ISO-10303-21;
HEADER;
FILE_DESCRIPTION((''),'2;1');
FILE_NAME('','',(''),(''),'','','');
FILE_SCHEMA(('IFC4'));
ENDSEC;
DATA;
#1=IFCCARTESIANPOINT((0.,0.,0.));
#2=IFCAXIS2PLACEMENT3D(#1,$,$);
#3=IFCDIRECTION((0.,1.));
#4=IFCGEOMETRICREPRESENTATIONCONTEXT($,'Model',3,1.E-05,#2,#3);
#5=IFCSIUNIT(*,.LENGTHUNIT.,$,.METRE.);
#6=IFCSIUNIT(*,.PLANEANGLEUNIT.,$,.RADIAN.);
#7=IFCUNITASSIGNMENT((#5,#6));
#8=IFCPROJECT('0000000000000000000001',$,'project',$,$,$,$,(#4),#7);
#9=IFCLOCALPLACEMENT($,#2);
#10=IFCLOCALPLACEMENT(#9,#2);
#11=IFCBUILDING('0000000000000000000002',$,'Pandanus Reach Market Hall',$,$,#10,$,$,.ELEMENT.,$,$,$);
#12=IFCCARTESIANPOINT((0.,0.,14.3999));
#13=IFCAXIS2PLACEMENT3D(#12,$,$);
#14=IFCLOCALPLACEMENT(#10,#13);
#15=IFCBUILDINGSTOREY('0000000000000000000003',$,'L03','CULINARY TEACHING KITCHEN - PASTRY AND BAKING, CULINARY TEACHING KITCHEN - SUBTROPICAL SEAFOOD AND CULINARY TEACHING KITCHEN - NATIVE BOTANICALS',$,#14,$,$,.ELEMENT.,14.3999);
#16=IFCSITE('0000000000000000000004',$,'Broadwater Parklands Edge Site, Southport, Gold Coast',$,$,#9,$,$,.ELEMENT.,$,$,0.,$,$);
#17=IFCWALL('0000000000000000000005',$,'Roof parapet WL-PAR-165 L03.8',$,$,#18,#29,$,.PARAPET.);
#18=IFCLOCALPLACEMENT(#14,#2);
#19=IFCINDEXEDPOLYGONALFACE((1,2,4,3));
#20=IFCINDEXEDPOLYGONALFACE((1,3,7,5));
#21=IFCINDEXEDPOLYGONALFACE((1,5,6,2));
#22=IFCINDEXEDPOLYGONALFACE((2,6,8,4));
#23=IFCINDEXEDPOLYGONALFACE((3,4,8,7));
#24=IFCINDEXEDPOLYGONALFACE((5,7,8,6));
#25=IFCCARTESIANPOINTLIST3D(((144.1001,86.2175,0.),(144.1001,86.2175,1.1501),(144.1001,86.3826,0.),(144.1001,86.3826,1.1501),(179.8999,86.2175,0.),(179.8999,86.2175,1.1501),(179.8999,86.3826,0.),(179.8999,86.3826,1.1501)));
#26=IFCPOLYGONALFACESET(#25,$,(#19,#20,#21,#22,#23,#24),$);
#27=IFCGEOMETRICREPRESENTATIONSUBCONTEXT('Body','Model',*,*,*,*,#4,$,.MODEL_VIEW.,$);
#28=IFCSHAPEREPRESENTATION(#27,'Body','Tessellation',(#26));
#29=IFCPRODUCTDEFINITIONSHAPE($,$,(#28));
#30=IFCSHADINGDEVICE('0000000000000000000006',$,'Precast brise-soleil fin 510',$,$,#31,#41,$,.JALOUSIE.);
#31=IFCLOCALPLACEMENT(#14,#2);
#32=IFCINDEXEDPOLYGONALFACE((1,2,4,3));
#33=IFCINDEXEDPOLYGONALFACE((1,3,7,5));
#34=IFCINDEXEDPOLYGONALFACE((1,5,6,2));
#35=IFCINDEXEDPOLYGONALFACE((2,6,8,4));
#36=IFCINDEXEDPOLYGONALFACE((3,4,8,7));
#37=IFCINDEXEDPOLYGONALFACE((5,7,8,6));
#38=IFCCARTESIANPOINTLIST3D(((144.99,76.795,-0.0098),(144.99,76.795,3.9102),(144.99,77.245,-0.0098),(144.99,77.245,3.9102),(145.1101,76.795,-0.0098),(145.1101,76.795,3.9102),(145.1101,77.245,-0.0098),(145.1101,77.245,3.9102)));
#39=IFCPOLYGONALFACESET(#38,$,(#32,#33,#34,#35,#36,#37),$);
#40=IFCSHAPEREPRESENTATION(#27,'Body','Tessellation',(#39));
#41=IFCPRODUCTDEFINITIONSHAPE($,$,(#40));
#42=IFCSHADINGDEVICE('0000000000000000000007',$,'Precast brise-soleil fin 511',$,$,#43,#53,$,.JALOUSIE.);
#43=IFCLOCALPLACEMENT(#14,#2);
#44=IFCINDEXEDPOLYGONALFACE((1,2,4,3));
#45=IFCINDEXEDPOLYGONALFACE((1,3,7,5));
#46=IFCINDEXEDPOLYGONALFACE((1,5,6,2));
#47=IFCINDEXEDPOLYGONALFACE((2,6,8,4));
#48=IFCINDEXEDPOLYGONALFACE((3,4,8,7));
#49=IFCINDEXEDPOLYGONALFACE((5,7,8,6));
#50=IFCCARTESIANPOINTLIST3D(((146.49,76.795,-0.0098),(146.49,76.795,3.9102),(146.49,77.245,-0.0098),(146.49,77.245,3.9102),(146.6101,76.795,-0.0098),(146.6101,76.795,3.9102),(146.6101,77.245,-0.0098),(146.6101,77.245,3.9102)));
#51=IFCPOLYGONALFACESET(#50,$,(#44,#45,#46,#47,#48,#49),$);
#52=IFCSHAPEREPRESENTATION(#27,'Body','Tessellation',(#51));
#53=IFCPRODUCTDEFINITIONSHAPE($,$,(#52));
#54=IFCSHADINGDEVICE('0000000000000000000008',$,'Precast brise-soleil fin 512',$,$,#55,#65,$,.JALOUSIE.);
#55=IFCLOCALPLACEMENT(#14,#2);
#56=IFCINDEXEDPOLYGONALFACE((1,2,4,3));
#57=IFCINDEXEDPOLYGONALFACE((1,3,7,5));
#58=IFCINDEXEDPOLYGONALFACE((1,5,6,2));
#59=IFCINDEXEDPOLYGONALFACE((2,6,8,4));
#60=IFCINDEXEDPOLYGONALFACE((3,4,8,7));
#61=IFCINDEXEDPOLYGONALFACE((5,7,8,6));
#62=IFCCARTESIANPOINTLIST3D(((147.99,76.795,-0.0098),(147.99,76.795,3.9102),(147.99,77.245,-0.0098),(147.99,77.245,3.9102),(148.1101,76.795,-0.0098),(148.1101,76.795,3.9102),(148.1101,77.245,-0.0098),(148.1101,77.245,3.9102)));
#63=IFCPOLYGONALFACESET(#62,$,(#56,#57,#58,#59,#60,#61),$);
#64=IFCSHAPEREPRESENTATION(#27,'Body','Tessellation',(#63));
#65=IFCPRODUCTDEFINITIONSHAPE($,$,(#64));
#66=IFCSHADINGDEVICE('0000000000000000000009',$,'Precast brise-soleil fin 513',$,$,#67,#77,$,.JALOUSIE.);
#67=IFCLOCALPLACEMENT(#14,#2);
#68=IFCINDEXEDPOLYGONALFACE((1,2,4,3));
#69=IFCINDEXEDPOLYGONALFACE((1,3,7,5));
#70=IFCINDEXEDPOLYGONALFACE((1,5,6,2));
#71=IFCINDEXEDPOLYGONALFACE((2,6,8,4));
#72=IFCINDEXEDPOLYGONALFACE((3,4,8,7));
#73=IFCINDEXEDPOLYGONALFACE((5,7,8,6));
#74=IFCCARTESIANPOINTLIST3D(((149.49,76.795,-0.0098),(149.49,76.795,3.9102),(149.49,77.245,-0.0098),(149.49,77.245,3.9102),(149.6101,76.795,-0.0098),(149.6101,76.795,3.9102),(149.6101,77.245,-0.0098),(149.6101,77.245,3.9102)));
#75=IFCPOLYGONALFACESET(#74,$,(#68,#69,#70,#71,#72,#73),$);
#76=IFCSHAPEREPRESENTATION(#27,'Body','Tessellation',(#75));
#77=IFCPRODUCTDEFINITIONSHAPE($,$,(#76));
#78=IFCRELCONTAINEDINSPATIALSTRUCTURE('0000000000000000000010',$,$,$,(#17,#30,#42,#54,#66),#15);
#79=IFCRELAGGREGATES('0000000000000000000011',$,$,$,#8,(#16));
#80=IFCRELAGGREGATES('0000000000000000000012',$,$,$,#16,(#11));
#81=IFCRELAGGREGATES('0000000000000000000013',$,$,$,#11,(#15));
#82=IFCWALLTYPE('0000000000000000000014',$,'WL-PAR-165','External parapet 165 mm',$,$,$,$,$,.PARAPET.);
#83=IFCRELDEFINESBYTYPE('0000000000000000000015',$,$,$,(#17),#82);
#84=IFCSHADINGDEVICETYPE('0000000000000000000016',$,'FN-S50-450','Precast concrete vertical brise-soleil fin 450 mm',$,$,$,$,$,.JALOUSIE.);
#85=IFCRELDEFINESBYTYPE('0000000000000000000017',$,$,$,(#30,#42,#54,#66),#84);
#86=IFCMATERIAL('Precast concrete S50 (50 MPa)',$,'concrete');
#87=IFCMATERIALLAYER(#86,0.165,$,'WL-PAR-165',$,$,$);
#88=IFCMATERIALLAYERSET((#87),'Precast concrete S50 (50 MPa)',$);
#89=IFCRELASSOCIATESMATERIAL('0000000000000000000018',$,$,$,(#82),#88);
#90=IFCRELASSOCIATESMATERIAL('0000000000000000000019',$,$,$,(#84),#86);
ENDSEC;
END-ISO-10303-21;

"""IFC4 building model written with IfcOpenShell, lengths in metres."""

from ifc_helpers import new_model, si_unit, direction, frame, frame_2d, origin, origin_2d, place, context, subcontext, project, spatial, rectangle, extrude, material, layer, layer_set, type_object, element, save


model = new_model("IFC4")

# Units and contexts
model_context = context("Model", 3, precision=1e-05, world=origin(), true_north=direction((0.0, 1.0)))
body_context = subcontext(model_context, "Body", "Model", "MODEL_VIEW")
ifc_project = project(units=[si_unit("LENGTHUNIT", "METRE"), si_unit("PLANEANGLEUNIT", "RADIAN")], contexts=[model_context])

# Site, building, storey
site_placement = place(None, origin())
site = spatial("IfcSite", under=ifc_project, at=site_placement, Name="Broadwater Parklands Edge Site, Southport, Gold Coast", CompositionType="ELEMENT", RefElevation=0.0)
building_placement = place(site_placement, origin())
building = spatial("IfcBuilding", under=site, at=building_placement, Name="Pandanus Reach Market Hall", CompositionType="ELEMENT")
storey_placement = place(building_placement, frame((0.0, 0.0, 14.3999)))
storey = spatial("IfcBuildingStorey", under=building, at=storey_placement, Name="L03", Description="CULINARY TEACHING KITCHEN - PASTRY AND BAKING, CULINARY TEACHING KITCHEN - SUBTROPICAL SEAFOOD AND CULINARY TEACHING KITCHEN - NATIVE BOTANICALS", CompositionType="ELEMENT", Elevation=14.3999)

# Wall
ifc_material_1 = material(Name="Precast concrete S50 (50 MPa)", Category="concrete")
ifc_layer_1 = layer(ifc_material_1, 0.165, Name="WL-PAR-165")
ifc_layer_set_1 = layer_set([ifc_layer_1], Name="Precast concrete S50 (50 MPa)")
wall_type = type_object("IfcWallType", Name="WL-PAR-165", Description="External parapet 165 mm", PredefinedType="PARAPET", material=ifc_layer_set_1)
wall_placement = place(storey_placement, frame((144.1001, 86.3, 0.0), z_axis=(0.0, 0.0, 1.0), x_axis=(1.0, 0.0, 0.0)))
element("IfcWall", 1, at=wall_placement, inside=storey, type_object=wall_type, Name="Roof parapet WL-PAR-165 L03.8", PredefinedType="PARAPET", context=body_context, shape_type="SweptSolid", body=[
    extrude(rectangle(XDim=35.7998, YDim=0.165, at=frame_2d((17.8999, 0.0))), origin(), (0.0, 0.0, 1.0), 1.1501),
])

# Shading devices
shading_device_type = type_object("IfcShadingDeviceType", Name="FN-S50-450", Description="Precast concrete vertical brise-soleil fin 450 mm", PredefinedType="JALOUSIE", material=ifc_material_1)
for number, where, z_axis, x_axis, name in (
    (2, (145.05, 77.02, -0.0098), (0.0, 0.0, 1.0), (0.0, 1.0, 0.0), "Precast brise-soleil fin 510"),
    (3, (146.55, 77.02, -0.0098), (0.0, 0.0, 1.0), (0.0, 1.0, 0.0), "Precast brise-soleil fin 511"),
    (4, (148.05, 77.02, -0.0098), (0.0, 0.0, 1.0), (0.0, 1.0, 0.0), "Precast brise-soleil fin 512"),
    (5, (149.55, 77.02, -0.0098), (0.0, 0.0, 1.0), (0.0, 1.0, 0.0), "Precast brise-soleil fin 513"),
):
    element("IfcShadingDevice", number, at=place(storey_placement, frame(where, z_axis=z_axis, x_axis=x_axis)), inside=storey, type_object=shading_device_type, Name=name, PredefinedType="JALOUSIE", context=body_context, shape_type="SweptSolid", body=[
        extrude(rectangle(XDim=0.45, YDim=0.1201, at=origin_2d()), origin(), (0.0, 0.0, 1.0), 3.9199),
    ])

save(model, "model.ifc")
